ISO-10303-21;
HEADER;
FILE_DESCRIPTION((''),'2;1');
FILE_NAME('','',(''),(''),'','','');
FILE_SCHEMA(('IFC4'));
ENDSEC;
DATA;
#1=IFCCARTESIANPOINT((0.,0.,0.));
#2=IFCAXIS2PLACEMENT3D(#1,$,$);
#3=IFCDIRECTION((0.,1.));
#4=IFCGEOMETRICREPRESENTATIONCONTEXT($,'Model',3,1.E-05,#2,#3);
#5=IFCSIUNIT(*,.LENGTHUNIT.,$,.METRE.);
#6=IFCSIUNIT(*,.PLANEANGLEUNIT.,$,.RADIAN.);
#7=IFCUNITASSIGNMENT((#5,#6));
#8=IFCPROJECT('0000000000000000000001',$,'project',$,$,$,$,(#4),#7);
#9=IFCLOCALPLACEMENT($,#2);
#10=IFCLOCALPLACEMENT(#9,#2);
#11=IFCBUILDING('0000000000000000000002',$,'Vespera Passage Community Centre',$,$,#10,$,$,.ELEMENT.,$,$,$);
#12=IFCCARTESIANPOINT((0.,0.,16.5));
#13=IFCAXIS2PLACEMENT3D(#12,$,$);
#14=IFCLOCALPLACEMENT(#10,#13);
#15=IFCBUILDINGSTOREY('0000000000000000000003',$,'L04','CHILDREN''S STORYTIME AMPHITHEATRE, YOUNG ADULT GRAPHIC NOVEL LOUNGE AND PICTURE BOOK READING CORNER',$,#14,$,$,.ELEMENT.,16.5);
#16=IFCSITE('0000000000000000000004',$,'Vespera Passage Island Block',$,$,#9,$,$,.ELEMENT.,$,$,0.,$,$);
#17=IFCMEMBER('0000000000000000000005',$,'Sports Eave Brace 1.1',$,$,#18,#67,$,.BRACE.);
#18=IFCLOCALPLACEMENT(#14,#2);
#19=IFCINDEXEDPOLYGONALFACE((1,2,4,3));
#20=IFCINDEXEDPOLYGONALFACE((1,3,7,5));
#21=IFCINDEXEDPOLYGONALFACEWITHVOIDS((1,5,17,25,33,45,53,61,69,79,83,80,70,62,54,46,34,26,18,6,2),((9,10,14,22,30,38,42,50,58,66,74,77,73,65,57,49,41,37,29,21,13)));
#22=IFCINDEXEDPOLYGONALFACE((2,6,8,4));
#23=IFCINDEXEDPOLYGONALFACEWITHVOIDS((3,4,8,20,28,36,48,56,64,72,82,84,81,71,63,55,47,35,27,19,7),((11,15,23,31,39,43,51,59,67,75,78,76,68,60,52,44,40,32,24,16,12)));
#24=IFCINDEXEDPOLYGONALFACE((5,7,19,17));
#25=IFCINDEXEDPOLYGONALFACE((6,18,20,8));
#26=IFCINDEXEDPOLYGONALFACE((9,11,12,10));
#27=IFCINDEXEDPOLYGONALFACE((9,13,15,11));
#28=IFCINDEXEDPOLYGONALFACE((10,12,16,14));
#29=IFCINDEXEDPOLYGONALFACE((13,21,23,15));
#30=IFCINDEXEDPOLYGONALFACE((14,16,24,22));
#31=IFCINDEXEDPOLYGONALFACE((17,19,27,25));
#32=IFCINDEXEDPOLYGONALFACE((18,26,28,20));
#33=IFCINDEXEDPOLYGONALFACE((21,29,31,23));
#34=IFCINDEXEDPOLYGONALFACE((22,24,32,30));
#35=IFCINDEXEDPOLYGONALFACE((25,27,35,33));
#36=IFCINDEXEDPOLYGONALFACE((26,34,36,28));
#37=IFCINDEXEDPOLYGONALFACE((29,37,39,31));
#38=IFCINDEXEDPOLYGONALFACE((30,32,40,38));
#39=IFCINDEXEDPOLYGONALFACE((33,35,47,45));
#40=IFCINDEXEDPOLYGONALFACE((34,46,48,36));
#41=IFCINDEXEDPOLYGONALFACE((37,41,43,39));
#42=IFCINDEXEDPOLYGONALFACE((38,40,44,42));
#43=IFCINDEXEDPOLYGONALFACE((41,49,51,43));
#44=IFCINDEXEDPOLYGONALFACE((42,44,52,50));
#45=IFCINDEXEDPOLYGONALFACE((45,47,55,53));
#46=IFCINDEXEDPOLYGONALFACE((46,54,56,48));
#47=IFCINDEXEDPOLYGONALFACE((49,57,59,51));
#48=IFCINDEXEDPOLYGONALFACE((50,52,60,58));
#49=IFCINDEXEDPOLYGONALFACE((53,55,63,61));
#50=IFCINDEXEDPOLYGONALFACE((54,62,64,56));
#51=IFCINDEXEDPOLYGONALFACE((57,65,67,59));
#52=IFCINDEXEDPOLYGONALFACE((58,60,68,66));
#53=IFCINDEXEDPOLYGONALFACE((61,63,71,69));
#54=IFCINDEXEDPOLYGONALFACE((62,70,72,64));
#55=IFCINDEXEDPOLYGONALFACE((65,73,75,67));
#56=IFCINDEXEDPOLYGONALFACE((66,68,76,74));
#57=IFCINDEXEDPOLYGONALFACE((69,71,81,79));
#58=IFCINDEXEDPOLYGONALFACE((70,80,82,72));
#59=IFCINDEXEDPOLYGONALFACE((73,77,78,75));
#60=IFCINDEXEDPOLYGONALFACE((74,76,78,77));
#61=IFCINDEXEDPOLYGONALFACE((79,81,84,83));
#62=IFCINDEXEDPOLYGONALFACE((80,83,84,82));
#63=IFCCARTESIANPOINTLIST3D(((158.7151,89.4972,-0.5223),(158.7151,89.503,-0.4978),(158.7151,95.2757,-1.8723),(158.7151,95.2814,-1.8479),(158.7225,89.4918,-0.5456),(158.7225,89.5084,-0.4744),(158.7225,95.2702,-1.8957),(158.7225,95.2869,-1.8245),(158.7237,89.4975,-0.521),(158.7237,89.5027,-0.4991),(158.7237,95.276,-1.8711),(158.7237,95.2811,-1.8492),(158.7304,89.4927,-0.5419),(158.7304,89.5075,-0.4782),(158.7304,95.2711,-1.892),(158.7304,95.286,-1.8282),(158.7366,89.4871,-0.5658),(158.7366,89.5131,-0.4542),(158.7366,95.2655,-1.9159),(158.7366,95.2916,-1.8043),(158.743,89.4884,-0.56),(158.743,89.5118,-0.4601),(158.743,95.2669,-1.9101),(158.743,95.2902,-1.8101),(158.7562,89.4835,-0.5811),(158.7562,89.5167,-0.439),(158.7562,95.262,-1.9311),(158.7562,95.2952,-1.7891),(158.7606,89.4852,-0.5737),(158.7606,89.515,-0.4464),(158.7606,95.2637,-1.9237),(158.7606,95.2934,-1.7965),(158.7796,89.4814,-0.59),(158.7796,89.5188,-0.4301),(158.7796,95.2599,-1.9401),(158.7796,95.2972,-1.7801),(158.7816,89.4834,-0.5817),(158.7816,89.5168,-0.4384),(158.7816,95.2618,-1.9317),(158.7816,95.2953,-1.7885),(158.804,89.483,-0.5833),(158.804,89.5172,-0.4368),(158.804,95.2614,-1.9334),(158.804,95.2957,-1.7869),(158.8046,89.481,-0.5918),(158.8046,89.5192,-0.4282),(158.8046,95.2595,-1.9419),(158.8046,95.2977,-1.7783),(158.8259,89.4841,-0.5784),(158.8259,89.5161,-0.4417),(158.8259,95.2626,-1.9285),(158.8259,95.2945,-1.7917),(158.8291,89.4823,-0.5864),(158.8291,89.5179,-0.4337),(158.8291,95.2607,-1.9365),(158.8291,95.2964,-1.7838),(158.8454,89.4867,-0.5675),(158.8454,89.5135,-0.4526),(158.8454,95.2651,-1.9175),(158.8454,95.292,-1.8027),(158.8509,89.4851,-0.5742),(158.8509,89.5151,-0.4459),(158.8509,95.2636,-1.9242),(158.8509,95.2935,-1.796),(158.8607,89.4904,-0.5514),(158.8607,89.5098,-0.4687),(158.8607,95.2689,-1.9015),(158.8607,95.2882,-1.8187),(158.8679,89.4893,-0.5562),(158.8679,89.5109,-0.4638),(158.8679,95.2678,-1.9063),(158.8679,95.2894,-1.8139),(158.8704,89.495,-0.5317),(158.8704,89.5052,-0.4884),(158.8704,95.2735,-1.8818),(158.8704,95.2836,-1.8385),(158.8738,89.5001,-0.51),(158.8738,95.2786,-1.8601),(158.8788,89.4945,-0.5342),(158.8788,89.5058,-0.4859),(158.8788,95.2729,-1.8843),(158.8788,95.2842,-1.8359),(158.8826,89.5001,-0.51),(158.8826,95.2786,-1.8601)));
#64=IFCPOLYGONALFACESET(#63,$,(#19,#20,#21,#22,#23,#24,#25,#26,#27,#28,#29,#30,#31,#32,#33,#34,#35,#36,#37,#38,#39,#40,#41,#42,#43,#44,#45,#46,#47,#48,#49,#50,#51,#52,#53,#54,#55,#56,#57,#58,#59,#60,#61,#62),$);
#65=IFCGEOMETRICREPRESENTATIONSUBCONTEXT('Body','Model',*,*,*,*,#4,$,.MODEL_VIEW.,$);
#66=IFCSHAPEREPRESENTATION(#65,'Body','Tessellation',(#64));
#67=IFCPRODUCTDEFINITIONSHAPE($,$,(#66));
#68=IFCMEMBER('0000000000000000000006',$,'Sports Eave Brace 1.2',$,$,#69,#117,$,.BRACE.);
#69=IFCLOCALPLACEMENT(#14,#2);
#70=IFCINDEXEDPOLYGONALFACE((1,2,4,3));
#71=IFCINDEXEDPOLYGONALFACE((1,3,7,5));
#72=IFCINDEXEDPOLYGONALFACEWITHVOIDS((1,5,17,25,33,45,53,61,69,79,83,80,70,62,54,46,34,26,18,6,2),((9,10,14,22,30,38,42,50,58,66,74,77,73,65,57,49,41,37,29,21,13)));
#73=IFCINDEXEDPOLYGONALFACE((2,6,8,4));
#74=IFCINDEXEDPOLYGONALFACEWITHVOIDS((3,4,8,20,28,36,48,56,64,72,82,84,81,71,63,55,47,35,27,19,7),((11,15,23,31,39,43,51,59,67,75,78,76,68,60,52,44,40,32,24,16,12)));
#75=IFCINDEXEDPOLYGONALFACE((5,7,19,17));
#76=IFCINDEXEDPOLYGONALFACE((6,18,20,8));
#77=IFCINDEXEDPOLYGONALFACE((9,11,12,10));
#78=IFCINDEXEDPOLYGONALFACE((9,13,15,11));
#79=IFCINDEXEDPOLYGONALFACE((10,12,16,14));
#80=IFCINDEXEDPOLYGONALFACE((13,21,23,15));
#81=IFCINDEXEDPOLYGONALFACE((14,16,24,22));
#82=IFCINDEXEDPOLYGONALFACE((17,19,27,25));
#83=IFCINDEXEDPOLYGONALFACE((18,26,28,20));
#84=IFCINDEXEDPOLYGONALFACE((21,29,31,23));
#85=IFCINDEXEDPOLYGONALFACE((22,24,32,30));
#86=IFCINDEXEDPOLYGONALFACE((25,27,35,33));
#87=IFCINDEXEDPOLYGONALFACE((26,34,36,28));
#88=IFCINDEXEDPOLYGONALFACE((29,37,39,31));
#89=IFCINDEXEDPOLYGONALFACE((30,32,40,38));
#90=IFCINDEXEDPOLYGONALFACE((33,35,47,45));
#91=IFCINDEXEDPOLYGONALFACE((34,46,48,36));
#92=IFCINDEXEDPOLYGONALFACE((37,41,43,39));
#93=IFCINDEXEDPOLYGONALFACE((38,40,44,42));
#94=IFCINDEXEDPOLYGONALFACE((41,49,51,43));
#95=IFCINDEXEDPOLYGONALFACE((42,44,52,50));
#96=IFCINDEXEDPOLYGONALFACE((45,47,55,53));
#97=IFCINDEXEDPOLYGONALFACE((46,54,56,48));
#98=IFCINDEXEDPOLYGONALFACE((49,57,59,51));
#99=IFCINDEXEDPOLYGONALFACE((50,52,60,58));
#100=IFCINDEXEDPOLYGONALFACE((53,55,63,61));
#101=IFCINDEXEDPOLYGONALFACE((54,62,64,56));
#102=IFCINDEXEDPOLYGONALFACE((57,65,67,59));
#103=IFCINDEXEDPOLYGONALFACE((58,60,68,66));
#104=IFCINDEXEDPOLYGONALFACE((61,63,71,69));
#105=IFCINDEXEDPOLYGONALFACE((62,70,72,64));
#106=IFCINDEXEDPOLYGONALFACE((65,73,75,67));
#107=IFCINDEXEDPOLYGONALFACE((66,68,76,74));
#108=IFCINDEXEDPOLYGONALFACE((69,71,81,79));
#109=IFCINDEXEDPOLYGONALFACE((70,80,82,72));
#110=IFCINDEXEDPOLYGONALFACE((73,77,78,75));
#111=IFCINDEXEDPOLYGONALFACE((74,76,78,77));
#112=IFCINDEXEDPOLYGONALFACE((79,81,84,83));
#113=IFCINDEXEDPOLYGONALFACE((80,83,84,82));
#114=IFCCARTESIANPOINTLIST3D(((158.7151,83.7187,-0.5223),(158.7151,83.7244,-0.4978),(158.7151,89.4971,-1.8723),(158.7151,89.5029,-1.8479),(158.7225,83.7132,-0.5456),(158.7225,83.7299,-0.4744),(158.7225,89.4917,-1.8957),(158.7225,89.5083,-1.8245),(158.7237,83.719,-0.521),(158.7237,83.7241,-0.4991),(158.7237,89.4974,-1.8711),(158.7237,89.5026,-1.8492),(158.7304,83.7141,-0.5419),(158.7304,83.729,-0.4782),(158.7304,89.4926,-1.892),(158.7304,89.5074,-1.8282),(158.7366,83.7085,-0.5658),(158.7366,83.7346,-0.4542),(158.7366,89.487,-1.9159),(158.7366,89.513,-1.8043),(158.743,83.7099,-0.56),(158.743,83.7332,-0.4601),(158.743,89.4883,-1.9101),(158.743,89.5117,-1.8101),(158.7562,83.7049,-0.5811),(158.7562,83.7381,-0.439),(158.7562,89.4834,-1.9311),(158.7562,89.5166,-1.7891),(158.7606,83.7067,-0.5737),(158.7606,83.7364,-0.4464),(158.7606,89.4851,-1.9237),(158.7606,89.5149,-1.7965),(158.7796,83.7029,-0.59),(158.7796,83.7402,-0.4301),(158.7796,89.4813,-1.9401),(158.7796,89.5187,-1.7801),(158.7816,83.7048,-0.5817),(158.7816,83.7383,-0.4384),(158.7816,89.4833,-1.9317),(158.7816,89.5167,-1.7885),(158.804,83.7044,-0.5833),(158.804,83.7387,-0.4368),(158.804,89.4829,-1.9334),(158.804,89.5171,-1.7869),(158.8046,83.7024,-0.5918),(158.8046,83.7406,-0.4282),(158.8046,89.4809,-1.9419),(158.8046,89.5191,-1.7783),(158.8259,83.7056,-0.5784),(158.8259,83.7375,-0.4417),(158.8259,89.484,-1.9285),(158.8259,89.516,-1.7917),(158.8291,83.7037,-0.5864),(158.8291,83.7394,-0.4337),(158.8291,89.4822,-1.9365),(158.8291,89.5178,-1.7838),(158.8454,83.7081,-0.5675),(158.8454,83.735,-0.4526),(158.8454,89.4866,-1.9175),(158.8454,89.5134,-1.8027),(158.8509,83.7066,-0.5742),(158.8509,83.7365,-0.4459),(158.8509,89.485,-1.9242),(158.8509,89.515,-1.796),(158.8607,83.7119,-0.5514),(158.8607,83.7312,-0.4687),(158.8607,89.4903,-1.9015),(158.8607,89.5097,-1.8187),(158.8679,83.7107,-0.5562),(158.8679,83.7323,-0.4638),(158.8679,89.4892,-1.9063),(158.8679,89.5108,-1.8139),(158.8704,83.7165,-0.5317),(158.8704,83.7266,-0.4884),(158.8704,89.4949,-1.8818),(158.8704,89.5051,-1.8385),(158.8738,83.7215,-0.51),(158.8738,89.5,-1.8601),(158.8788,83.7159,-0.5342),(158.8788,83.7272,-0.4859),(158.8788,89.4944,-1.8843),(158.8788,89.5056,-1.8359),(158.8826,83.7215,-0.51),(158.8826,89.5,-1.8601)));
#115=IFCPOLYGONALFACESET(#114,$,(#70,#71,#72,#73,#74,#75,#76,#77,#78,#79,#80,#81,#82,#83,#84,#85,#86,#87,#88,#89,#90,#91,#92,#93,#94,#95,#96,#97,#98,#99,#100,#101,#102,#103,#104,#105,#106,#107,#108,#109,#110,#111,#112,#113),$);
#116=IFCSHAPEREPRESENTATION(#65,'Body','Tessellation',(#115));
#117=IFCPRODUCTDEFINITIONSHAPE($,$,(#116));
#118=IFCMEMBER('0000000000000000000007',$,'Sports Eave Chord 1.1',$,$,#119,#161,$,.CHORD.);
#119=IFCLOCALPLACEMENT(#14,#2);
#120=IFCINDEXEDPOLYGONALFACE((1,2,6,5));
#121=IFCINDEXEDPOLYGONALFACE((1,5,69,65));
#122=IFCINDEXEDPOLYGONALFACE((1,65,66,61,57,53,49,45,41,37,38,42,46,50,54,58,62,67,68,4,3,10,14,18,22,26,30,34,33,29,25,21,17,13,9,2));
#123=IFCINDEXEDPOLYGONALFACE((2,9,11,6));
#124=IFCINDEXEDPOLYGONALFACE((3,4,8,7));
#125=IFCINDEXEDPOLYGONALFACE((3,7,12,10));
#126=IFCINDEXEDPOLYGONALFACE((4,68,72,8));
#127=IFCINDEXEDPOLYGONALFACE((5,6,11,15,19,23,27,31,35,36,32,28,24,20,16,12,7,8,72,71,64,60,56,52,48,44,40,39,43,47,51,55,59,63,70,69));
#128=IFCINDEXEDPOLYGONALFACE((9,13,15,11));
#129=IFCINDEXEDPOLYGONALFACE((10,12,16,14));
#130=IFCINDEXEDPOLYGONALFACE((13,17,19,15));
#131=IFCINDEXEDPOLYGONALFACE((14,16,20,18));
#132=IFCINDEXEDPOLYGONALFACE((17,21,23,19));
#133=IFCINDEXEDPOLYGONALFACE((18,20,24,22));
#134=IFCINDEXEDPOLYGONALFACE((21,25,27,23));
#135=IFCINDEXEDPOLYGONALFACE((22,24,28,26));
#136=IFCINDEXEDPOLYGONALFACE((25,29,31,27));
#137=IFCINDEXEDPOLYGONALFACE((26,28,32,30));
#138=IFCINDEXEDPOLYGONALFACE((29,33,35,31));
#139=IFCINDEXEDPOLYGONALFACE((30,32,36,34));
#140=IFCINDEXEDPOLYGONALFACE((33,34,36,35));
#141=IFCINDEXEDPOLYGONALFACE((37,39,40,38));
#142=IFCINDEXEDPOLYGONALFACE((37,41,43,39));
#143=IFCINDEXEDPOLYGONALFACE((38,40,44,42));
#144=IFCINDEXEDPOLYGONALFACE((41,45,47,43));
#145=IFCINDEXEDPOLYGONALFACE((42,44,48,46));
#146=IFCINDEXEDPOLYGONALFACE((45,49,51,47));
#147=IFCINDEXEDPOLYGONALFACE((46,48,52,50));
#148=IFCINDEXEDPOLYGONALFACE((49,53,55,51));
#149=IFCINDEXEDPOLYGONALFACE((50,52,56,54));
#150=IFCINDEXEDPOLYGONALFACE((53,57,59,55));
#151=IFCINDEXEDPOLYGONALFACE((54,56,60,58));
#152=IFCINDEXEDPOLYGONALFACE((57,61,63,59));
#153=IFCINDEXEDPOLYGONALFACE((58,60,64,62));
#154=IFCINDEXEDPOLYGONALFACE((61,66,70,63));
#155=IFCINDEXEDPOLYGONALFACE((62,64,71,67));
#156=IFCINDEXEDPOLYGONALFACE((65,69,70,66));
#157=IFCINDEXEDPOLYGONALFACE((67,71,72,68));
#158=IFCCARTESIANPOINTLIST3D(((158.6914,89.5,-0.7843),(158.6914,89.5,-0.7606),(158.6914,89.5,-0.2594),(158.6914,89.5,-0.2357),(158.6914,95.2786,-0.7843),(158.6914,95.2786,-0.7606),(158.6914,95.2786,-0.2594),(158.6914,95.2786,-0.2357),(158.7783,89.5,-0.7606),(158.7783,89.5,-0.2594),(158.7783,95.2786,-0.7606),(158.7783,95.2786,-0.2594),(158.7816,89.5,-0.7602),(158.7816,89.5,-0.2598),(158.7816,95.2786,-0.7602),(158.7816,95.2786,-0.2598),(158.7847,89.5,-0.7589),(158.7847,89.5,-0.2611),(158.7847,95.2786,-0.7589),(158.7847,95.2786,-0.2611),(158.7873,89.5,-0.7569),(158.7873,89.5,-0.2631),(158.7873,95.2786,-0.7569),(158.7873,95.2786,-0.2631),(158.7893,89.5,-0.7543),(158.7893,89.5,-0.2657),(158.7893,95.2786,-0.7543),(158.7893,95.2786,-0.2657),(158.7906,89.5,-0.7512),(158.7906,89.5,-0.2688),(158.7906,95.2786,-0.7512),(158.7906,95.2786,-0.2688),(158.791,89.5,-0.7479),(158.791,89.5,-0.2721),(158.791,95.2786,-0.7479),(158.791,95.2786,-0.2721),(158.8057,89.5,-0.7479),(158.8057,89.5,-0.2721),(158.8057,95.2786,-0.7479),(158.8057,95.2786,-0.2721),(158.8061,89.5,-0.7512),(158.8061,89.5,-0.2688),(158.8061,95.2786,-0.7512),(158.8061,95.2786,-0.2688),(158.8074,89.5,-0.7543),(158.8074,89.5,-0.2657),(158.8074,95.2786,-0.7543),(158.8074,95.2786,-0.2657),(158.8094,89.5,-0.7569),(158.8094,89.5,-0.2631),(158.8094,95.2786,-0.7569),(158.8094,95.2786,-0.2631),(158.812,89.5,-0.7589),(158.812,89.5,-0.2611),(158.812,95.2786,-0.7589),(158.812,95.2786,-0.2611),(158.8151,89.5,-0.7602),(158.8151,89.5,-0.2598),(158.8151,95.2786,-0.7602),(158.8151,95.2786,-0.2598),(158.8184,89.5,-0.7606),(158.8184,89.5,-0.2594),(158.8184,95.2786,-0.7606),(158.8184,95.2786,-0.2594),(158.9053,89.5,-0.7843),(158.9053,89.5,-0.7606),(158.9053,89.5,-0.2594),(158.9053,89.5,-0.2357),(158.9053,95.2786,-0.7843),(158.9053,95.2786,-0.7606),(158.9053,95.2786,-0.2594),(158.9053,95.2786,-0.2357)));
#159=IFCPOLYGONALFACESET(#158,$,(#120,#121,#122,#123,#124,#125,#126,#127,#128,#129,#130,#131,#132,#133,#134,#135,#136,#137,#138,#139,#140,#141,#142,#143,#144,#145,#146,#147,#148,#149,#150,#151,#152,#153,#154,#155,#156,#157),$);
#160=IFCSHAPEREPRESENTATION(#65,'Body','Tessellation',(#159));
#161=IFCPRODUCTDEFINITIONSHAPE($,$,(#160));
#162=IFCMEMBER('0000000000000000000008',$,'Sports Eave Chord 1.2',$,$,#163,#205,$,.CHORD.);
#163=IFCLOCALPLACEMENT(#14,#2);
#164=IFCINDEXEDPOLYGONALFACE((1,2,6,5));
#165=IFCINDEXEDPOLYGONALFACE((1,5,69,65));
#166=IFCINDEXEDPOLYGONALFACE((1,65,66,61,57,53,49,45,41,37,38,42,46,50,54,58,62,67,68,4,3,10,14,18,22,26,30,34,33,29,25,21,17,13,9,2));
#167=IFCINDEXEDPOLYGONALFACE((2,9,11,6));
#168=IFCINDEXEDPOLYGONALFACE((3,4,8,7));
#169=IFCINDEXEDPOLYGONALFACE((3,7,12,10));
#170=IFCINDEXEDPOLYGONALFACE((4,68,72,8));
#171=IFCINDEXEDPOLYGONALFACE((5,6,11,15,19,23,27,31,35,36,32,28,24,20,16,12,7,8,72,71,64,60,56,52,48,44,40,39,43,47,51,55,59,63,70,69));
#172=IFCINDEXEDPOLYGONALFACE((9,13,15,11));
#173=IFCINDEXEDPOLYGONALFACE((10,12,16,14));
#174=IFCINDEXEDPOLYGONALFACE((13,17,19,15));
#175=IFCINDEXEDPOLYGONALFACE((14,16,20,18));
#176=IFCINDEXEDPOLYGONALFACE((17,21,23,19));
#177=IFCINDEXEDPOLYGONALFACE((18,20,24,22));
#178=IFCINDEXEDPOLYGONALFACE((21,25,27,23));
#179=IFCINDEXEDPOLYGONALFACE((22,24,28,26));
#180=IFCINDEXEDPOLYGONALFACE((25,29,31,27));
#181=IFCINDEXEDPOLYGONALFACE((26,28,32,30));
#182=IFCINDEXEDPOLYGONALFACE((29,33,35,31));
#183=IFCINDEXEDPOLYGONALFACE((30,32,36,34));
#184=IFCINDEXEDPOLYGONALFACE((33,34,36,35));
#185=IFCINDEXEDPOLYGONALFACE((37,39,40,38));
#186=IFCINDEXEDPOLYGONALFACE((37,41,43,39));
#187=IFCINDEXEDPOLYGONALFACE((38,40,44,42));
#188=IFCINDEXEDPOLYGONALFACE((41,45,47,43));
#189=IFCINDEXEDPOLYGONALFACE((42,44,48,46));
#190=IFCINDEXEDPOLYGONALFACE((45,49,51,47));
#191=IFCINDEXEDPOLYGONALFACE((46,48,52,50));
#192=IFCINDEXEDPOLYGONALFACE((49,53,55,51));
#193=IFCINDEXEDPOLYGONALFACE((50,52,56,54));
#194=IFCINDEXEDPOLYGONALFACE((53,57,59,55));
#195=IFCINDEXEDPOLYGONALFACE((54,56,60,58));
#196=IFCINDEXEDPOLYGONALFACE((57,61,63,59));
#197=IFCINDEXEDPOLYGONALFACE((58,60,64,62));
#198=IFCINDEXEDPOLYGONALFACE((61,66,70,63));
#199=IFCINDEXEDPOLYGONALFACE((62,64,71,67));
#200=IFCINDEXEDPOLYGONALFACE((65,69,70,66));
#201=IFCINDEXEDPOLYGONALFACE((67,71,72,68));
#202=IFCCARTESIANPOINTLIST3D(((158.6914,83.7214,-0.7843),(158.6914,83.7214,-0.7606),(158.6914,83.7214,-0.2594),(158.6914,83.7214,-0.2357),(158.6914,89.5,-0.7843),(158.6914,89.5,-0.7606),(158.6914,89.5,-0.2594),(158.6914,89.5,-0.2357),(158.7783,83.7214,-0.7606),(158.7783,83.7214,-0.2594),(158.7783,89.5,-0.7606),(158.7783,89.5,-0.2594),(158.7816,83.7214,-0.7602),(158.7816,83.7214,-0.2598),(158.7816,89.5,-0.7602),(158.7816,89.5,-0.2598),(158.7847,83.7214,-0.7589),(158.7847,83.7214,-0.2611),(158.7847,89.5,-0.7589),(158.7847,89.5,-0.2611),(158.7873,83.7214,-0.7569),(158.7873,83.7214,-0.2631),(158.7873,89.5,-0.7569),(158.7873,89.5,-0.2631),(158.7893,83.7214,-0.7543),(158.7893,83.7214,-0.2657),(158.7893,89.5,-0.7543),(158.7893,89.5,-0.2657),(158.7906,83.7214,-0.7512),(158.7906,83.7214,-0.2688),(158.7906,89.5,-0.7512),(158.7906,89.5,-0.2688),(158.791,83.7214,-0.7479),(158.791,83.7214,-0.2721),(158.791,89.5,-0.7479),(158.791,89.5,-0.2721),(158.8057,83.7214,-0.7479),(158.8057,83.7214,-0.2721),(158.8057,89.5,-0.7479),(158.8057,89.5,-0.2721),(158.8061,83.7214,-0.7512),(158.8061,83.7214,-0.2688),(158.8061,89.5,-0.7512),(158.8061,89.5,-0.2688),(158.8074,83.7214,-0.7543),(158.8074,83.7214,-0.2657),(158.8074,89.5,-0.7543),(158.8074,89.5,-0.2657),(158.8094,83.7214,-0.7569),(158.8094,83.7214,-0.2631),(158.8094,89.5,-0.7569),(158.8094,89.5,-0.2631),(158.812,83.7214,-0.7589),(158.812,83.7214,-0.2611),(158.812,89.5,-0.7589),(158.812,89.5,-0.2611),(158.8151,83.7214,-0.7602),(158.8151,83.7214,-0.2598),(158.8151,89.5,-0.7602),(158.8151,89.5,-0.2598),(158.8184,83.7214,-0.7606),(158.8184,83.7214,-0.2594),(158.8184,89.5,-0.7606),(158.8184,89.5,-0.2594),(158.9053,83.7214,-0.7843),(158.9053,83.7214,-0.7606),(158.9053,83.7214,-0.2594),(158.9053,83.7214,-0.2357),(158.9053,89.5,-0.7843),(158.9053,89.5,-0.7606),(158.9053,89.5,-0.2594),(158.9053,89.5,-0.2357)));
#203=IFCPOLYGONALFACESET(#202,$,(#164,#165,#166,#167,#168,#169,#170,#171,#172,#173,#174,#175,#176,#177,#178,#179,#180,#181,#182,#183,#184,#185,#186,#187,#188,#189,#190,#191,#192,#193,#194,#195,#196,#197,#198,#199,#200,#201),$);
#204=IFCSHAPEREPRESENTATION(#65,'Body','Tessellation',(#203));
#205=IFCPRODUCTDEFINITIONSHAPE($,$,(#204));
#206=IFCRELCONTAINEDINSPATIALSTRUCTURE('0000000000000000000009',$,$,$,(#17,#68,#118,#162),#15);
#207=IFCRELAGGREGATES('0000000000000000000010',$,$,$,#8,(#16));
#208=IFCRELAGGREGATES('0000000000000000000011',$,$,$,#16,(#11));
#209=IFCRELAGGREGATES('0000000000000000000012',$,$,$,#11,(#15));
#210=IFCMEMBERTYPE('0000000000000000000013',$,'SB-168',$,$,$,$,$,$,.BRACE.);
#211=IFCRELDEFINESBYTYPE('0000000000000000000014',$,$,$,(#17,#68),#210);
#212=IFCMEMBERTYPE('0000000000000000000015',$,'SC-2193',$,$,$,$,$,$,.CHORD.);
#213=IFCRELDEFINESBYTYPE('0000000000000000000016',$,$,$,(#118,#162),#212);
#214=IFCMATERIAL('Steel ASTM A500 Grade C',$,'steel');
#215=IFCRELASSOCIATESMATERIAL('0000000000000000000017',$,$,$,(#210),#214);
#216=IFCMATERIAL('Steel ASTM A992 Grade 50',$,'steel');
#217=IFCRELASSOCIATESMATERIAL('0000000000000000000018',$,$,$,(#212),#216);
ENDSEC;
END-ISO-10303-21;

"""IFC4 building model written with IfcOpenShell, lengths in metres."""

from ifc_helpers import new_model, si_unit, direction, frame, origin, origin_2d, place, context, subcontext, project, spatial, hollow_circle, i_section, extrude, material, material_profile, profile_set, type_object, element, save


model = new_model("IFC4")

# Units and contexts
model_context = context("Model", 3, precision=1e-05, world=origin(), true_north=direction((0.0, 1.0)))
body_context = subcontext(model_context, "Body", "Model", "MODEL_VIEW")
ifc_project = project(units=[si_unit("LENGTHUNIT", "METRE"), si_unit("PLANEANGLEUNIT", "RADIAN")], contexts=[model_context])

# Site, building, storey
site_placement = place(None, origin())
site = spatial("IfcSite", under=ifc_project, at=site_placement, Name="Vespera Passage Island Block", CompositionType="ELEMENT", RefElevation=0.0)
building_placement = place(site_placement, origin())
building = spatial("IfcBuilding", under=site, at=building_placement, Name="Vespera Passage Community Centre", CompositionType="ELEMENT")
storey_placement = place(building_placement, frame((0.0, 0.0, 16.5)))
storey = spatial("IfcBuildingStorey", under=building, at=storey_placement, Name="L04", Description="CHILDREN'S STORYTIME AMPHITHEATRE, YOUNG ADULT GRAPHIC NOVEL LOUNGE AND PICTURE BOOK READING CORNER", CompositionType="ELEMENT", Elevation=16.5)

# Members
ifc_material_1 = material(Name="Steel ASTM A500 Grade C", Category="steel")
ifc_material_profile_1 = material_profile(ifc_material_1, hollow_circle(Radius=0.0842, WallThickness=0.0088, at=origin_2d()), Name="CHS168X9.5")
ifc_profile_set_1 = profile_set([ifc_material_profile_1], Name="Steel ASTM A500 Grade C")
member_type_1 = type_object("IfcMemberType", Name="SB-168", PredefinedType="BRACE", material=ifc_profile_set_1)
for number, where, z_axis, x_axis, name in (
    (1, (158.7983, 95.2786, -1.8601), (0.0, -0.973775, 0.227512), (1.0, 0.0, 0.0), "Sports Eave Brace 1.1"),
    (2, (158.7983, 89.5, -1.8601), (0.0, -0.973775, 0.227512), (1.0, 0.0, 0.0), "Sports Eave Brace 1.2"),
):
    element("IfcMember", number, at=place(storey_placement, frame(where, z_axis=z_axis, x_axis=x_axis)), inside=storey, type_object=member_type_1, Name=name, PredefinedType="BRACE", context=body_context, shape_type="SweptSolid", body=[
        extrude(hollow_circle(Radius=0.0842, WallThickness=0.0088, at=origin_2d()), origin(), (0.0, 0.0, 1.0), 5.9341),
    ])
ifc_material_2 = material(Name="Steel ASTM A992 Grade 50", Category="steel")
ifc_material_profile_2 = material_profile(ifc_material_2, i_section(OverallWidth=0.2139, OverallDepth=0.5486, WebThickness=0.0146, FlangeThickness=0.0237, FilletRadius=0.0127, at=origin_2d()), Name="W21X93")
ifc_profile_set_2 = profile_set([ifc_material_profile_2], Name="Steel ASTM A992 Grade 50")
member_type_2 = type_object("IfcMemberType", Name="SC-2193", PredefinedType="CHORD", material=ifc_profile_set_2)
for number, where, z_axis, x_axis, name in (
    (3, (158.7983, 95.2786, -0.51), (0.0, -1.0, 0.0), (1.0, 0.0, 0.0), "Sports Eave Chord 1.1"),
    (4, (158.7983, 89.5, -0.51), (0.0, -1.0, 0.0), (1.0, 0.0, 0.0), "Sports Eave Chord 1.2"),
):
    element("IfcMember", number, at=place(storey_placement, frame(where, z_axis=z_axis, x_axis=x_axis)), inside=storey, type_object=member_type_2, Name=name, PredefinedType="CHORD", context=body_context, shape_type="SweptSolid", body=[
        extrude(i_section(OverallWidth=0.2139, OverallDepth=0.5486, WebThickness=0.0146, FlangeThickness=0.0237, FilletRadius=0.0127, at=origin_2d()), origin(), (0.0, 0.0, 1.0), 5.7786),
    ])

save(model, "model.ifc")
